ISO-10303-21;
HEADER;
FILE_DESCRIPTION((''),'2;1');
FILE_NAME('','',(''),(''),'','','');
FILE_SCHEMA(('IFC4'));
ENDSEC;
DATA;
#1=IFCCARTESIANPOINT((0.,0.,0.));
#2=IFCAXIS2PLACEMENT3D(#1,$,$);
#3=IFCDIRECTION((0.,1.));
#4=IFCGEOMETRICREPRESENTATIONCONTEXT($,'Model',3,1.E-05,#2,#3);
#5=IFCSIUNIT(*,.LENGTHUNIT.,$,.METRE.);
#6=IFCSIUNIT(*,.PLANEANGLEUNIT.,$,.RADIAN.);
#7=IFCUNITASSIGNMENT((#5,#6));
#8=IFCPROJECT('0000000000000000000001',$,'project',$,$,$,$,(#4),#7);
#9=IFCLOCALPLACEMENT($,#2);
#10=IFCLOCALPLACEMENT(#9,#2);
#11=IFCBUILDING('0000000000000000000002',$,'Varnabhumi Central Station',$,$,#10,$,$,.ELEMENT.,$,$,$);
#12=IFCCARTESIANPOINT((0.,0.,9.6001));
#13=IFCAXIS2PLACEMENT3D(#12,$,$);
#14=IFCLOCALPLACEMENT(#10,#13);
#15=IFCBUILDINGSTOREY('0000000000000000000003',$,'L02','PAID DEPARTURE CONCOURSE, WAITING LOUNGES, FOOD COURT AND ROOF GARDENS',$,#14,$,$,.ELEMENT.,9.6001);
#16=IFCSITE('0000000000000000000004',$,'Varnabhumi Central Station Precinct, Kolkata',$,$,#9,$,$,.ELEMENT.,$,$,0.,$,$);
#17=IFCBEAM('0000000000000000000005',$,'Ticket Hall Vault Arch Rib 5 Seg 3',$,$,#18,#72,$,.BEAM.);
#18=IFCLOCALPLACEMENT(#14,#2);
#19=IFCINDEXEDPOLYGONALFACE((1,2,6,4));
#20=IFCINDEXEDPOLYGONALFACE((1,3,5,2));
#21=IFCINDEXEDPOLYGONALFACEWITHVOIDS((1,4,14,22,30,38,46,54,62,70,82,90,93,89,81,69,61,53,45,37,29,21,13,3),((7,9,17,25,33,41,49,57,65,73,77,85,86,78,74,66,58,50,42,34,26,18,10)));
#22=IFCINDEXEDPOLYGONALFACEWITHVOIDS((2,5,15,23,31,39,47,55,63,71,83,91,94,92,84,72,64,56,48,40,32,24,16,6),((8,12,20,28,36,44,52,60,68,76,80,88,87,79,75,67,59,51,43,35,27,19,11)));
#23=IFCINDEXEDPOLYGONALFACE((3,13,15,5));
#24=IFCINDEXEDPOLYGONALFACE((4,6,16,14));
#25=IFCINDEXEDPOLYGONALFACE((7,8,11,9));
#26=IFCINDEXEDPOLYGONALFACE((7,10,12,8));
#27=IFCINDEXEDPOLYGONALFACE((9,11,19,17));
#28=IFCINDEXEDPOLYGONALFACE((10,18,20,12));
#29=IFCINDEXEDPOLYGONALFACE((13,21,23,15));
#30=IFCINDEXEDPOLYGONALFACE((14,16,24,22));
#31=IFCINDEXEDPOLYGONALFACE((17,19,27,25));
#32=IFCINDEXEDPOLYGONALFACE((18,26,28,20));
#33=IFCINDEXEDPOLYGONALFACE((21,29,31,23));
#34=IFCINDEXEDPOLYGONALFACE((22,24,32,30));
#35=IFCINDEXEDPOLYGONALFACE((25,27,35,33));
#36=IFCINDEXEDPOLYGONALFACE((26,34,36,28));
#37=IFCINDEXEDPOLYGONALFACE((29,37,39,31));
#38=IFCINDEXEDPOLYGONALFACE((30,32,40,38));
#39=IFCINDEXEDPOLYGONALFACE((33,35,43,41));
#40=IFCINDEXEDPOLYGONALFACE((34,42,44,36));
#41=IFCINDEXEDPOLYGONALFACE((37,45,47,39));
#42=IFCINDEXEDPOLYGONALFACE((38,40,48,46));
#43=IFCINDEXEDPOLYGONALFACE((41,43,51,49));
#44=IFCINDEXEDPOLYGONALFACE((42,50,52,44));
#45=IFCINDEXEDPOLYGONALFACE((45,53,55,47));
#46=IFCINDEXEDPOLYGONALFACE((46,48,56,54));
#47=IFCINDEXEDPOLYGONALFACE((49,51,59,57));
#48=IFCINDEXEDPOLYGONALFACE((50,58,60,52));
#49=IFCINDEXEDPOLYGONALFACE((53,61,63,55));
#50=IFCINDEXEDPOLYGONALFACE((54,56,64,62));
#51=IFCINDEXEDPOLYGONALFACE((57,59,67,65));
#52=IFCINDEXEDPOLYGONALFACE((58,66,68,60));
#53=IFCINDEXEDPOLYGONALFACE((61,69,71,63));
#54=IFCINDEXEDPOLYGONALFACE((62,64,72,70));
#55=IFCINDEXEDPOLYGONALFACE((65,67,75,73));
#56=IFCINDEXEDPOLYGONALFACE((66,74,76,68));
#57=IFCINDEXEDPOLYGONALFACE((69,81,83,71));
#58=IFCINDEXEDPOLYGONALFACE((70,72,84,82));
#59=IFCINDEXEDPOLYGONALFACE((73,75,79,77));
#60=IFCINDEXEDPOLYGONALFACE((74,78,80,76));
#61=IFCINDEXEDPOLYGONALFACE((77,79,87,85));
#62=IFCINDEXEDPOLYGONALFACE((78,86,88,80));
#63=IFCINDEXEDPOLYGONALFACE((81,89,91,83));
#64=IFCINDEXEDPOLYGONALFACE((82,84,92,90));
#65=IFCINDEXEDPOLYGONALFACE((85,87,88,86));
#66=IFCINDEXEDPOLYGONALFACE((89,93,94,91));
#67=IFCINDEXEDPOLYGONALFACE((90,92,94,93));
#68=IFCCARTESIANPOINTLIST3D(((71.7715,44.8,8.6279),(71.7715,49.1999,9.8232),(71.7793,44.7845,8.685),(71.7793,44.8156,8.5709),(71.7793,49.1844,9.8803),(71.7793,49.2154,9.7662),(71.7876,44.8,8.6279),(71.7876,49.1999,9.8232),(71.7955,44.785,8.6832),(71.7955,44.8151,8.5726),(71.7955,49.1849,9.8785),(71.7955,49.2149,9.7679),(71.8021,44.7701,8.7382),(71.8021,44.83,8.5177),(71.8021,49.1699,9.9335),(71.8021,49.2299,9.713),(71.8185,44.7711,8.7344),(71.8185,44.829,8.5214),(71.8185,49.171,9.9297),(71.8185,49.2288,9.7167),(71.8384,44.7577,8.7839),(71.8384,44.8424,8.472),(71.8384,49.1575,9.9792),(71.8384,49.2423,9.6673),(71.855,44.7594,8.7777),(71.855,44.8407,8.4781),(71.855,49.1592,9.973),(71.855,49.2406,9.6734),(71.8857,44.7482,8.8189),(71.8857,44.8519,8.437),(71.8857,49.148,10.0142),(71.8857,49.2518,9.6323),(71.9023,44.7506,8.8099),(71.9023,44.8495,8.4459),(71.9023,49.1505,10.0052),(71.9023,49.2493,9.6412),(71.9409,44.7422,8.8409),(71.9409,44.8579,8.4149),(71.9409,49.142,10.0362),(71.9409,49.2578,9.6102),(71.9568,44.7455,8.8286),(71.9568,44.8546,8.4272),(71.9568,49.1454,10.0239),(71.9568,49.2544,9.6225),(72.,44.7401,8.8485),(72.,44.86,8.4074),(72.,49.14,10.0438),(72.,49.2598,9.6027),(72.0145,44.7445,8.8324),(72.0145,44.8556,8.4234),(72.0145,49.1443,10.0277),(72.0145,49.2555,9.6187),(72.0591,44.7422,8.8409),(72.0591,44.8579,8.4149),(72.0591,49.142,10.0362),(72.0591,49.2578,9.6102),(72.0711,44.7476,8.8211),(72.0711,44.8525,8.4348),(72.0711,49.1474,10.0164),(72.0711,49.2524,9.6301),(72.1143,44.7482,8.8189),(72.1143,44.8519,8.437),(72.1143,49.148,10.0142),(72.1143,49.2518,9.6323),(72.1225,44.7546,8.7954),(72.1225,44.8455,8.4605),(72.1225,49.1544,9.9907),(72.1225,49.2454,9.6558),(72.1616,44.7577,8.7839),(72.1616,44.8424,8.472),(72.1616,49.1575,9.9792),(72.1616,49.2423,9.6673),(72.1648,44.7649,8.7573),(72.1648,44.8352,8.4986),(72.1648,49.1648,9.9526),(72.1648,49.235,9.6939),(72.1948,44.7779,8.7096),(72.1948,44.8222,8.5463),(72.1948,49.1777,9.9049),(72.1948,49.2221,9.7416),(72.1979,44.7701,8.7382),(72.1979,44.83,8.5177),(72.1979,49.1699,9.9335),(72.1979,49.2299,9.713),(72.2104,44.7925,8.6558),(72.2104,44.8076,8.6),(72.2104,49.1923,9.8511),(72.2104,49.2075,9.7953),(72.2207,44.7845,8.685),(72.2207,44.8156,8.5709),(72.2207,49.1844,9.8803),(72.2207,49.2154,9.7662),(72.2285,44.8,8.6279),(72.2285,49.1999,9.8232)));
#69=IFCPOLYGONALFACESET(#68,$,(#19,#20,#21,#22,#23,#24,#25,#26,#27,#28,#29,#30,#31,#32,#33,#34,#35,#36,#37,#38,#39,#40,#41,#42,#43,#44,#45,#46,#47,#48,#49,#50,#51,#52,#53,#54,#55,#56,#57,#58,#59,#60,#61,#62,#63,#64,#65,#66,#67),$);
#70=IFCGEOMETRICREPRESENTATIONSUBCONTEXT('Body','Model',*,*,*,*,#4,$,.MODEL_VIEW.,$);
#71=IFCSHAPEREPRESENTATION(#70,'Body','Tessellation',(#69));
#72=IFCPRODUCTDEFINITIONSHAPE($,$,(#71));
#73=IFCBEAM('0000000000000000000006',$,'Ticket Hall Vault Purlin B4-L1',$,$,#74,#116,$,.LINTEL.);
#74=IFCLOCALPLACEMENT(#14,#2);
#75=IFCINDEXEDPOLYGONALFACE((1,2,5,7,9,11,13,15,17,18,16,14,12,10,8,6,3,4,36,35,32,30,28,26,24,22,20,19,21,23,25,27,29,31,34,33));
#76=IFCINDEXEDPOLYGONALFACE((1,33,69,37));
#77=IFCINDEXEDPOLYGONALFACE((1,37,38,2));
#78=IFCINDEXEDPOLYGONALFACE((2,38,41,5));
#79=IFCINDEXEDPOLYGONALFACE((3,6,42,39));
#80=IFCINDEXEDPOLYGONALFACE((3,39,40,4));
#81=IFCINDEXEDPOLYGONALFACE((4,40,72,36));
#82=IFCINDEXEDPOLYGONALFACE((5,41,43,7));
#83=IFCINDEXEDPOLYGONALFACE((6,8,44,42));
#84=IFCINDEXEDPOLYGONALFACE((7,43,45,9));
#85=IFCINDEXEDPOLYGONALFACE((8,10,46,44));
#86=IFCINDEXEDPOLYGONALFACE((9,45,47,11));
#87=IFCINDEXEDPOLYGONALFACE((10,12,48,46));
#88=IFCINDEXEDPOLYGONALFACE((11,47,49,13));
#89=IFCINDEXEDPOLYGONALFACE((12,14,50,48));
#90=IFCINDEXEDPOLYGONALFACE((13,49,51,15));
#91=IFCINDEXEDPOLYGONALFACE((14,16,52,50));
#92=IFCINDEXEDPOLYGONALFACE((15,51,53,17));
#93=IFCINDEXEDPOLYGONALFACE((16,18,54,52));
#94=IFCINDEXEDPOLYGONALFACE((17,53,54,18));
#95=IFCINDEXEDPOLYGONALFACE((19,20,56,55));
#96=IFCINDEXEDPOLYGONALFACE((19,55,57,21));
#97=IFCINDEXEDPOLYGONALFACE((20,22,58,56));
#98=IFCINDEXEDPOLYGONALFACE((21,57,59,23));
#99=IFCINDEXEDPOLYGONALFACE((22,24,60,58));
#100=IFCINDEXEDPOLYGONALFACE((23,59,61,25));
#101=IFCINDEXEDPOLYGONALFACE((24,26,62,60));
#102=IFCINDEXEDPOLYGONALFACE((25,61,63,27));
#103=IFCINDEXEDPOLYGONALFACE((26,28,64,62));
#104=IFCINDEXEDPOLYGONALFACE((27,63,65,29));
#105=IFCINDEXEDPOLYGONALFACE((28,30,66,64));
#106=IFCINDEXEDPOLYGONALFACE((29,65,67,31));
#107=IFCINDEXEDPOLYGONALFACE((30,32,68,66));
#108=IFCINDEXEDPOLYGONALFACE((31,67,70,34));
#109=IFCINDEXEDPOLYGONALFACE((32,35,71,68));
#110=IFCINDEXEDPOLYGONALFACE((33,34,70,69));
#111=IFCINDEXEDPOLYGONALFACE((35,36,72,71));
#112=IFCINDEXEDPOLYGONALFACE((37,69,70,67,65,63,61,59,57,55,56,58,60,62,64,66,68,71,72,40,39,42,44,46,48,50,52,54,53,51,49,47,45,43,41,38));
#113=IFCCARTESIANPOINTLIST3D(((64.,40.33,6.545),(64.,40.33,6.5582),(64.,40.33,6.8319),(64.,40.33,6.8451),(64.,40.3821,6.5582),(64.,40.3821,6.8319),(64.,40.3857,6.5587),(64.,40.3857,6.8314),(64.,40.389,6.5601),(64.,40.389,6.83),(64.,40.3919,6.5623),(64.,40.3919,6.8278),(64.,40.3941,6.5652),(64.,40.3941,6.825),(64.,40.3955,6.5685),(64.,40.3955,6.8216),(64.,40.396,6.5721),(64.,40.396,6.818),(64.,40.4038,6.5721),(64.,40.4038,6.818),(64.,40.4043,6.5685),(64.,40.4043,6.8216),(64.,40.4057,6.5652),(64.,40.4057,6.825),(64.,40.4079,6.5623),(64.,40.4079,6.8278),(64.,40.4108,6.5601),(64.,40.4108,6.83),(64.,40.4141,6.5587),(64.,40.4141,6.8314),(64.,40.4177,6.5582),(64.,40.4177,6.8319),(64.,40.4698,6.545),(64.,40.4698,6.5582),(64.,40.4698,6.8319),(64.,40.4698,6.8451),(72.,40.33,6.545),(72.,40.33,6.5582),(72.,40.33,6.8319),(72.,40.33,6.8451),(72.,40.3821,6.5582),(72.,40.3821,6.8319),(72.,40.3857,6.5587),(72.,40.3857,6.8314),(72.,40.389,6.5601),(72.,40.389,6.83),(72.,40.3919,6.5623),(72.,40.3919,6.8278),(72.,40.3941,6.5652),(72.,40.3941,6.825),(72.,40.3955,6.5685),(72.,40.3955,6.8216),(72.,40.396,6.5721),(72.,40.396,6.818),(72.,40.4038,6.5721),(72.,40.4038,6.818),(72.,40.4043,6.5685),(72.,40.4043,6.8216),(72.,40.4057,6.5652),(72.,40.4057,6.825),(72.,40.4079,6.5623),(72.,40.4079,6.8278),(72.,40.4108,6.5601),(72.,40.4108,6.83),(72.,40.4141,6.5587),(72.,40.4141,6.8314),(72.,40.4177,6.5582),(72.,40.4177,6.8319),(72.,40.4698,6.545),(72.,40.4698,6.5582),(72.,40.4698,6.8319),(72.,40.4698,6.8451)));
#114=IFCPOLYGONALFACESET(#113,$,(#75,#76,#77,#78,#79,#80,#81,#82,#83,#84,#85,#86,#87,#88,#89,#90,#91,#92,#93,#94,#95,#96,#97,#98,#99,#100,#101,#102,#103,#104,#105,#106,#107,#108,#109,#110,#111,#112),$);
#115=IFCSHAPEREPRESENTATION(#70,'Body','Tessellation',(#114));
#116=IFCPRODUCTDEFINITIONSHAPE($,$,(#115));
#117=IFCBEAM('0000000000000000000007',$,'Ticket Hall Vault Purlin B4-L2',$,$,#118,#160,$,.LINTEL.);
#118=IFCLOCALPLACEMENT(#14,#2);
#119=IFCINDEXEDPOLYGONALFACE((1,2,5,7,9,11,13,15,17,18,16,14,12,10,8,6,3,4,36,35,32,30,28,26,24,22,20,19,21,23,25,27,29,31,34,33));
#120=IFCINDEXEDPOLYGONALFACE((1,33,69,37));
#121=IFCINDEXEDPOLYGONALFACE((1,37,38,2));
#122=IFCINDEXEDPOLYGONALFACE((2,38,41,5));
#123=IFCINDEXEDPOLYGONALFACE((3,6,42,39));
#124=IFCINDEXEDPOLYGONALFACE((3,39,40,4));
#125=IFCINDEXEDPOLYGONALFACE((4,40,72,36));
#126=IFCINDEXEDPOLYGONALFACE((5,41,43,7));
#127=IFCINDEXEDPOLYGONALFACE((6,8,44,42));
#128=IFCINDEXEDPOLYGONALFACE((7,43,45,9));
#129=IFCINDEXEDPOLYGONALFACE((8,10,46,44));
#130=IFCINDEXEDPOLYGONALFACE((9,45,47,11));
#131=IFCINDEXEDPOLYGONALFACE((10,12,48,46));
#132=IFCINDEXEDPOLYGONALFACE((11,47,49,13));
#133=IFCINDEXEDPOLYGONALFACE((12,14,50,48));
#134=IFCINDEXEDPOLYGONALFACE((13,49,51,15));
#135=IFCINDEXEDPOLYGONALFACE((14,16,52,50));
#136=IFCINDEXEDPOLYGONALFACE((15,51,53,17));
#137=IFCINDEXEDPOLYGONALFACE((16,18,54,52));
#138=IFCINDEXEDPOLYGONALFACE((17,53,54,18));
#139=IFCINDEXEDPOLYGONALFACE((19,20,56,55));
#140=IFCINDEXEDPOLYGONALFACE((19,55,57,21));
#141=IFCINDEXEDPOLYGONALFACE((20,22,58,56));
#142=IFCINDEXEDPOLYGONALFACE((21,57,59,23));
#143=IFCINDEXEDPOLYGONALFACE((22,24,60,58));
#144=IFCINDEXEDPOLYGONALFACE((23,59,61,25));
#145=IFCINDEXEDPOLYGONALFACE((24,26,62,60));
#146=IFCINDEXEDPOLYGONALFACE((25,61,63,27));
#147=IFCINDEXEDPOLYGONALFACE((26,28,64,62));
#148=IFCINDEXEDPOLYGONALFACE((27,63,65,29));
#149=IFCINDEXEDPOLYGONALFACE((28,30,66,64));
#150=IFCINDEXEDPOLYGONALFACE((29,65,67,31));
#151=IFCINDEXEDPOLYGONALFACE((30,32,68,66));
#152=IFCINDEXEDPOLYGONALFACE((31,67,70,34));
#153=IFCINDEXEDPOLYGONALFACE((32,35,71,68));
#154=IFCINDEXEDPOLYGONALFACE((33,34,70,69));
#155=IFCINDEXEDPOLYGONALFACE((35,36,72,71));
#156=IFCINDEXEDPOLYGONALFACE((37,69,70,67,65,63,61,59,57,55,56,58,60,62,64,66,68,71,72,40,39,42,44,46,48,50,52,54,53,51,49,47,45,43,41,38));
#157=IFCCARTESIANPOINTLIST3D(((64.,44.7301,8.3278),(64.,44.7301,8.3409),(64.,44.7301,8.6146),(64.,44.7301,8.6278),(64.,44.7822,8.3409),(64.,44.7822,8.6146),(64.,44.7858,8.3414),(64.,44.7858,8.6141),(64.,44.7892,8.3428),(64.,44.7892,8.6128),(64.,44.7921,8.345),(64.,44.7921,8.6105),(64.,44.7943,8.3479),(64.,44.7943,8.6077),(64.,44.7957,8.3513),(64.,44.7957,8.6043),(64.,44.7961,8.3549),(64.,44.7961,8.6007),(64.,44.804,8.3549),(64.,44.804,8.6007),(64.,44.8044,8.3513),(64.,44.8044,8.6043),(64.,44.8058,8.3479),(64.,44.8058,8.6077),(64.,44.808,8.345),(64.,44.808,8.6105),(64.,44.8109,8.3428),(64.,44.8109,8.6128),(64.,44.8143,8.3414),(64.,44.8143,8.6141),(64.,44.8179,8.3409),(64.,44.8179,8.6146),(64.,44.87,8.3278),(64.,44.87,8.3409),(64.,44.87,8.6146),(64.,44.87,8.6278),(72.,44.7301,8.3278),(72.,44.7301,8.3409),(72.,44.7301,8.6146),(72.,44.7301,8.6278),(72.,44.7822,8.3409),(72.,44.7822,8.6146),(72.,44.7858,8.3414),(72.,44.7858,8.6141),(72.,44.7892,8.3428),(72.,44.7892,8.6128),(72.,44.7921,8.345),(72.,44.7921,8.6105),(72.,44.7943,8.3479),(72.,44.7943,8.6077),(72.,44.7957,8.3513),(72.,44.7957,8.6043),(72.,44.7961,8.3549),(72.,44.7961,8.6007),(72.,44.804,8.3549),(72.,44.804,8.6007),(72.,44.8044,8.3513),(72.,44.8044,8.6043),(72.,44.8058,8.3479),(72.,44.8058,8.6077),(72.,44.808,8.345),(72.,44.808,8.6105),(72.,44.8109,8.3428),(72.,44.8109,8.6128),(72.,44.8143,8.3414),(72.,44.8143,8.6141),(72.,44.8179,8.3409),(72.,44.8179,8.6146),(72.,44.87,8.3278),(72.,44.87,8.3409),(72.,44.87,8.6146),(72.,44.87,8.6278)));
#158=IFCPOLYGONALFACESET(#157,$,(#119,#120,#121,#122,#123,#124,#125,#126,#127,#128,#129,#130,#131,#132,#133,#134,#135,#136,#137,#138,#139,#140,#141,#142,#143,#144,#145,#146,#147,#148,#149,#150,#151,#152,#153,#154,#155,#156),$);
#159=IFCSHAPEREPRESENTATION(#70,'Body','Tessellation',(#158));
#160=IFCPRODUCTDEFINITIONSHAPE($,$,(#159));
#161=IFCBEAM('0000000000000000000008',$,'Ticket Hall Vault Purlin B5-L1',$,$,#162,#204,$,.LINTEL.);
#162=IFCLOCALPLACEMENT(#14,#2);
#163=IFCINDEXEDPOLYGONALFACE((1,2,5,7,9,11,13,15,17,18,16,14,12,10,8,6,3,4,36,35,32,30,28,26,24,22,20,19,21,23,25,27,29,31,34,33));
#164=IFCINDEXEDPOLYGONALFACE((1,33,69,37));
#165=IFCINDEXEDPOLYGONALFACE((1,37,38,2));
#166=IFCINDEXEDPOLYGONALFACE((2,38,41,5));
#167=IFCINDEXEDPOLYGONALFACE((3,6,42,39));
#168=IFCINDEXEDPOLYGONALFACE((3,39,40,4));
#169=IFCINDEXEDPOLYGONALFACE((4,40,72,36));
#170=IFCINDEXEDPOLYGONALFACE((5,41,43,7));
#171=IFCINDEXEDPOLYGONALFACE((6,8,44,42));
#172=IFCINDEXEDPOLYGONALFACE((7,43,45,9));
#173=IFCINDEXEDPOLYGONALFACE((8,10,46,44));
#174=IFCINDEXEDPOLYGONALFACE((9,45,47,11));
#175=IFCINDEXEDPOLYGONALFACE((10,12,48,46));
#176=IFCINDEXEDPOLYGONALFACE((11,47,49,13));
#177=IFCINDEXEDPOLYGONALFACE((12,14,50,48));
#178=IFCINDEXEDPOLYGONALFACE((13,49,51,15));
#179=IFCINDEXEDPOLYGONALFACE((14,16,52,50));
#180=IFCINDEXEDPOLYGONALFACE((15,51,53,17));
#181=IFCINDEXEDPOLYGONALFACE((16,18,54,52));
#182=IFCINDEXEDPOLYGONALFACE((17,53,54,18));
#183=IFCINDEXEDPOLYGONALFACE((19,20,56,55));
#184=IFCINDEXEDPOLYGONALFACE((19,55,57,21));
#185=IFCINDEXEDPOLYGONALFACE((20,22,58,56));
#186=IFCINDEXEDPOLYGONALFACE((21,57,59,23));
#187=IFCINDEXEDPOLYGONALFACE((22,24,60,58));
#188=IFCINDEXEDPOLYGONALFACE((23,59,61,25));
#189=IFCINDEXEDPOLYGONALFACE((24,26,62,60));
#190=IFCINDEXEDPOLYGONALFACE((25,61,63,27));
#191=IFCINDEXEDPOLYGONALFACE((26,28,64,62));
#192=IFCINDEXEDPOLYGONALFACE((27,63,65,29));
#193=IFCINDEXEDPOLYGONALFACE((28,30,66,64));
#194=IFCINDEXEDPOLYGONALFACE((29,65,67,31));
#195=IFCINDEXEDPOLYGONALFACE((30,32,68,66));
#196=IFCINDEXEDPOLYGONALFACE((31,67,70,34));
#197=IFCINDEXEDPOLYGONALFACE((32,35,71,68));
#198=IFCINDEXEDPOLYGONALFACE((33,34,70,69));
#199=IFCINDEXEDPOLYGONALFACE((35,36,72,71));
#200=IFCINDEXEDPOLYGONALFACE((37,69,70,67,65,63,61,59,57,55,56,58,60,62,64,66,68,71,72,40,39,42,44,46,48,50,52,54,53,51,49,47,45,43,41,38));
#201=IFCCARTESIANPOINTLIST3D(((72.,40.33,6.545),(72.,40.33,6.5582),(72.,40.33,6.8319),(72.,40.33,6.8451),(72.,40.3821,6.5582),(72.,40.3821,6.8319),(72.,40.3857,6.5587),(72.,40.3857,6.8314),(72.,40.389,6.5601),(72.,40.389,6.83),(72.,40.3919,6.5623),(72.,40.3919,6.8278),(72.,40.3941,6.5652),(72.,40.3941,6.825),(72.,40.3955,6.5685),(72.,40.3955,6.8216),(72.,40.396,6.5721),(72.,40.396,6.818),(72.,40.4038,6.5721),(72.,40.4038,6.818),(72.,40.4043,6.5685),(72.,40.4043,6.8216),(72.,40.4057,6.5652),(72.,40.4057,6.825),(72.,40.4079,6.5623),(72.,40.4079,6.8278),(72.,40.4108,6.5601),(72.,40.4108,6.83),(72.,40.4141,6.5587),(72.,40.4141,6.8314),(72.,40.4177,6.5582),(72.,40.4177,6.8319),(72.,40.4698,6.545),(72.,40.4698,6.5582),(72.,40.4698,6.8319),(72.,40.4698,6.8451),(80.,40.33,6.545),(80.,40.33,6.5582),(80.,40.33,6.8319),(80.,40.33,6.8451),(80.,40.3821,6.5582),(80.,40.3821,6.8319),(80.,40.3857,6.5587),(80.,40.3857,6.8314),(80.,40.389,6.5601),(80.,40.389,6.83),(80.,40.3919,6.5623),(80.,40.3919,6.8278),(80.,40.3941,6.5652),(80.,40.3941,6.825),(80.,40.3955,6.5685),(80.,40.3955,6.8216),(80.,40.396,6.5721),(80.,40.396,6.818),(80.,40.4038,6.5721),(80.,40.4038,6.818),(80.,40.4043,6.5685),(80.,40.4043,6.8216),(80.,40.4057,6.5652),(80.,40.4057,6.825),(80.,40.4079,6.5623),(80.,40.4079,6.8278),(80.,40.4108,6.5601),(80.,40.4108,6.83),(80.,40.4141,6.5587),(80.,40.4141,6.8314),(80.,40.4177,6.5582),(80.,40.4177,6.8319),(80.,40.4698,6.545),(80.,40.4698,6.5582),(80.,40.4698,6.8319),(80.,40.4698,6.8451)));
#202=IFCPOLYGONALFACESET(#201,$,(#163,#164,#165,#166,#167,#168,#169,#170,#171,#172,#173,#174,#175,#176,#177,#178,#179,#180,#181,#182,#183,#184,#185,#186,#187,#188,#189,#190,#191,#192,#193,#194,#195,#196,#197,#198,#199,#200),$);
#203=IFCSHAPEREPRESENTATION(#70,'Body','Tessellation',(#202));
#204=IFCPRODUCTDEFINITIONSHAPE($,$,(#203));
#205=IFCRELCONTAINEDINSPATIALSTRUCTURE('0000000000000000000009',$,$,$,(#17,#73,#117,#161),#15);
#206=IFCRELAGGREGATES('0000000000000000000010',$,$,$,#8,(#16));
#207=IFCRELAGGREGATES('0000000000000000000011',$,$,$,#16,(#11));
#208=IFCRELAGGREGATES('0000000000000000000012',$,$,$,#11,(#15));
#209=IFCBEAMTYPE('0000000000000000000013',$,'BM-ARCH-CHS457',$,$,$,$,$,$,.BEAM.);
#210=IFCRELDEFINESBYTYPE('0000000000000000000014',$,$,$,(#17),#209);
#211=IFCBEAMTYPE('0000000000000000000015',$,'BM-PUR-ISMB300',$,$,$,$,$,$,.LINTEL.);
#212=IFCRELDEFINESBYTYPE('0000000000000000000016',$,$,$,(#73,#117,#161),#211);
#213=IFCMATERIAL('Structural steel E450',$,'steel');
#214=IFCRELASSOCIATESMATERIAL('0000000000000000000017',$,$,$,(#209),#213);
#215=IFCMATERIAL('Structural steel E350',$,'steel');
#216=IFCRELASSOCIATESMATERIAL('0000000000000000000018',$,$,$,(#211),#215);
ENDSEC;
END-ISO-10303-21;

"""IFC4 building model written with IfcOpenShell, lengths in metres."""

from ifc_helpers import new_model, si_unit, direction, frame, origin, origin_2d, place, context, subcontext, project, spatial, hollow_circle, i_section, extrude, material, material_profile, profile_set, type_object, element, save


model = new_model("IFC4")

# Units and contexts
model_context = context("Model", 3, precision=1e-05, world=origin(), true_north=direction((0.0, 1.0)))
body_context = subcontext(model_context, "Body", "Model", "MODEL_VIEW")
ifc_project = project(units=[si_unit("LENGTHUNIT", "METRE"), si_unit("PLANEANGLEUNIT", "RADIAN")], contexts=[model_context])

# Site, building, storey
site_placement = place(None, origin())
site = spatial("IfcSite", under=ifc_project, at=site_placement, Name="Varnabhumi Central Station Precinct, Kolkata", CompositionType="ELEMENT", RefElevation=0.0)
building_placement = place(site_placement, origin())
building = spatial("IfcBuilding", under=site, at=building_placement, Name="Varnabhumi Central Station", CompositionType="ELEMENT")
storey_placement = place(building_placement, frame((0.0, 0.0, 9.6001)))
storey = spatial("IfcBuildingStorey", under=building, at=storey_placement, Name="L02", Description="PAID DEPARTURE CONCOURSE, WAITING LOUNGES, FOOD COURT AND ROOF GARDENS", CompositionType="ELEMENT", Elevation=9.6001)

# Beams
ifc_material_1 = material(Name="Structural steel E450", Category="steel")
ifc_material_profile_1 = material_profile(ifc_material_1, hollow_circle(Radius=0.2285, WallThickness=0.0161, at=origin_2d()), Name="Structural steel E450", Category="steel")
ifc_profile_set_1 = profile_set([ifc_material_profile_1], Name="Structural steel E450")
beam_type_1 = type_object("IfcBeamType", Name="BM-ARCH-CHS457", PredefinedType="BEAM", material=ifc_profile_set_1)
beam_1_placement = place(storey_placement, frame((72.0, 44.8, 8.6279), z_axis=(0.0, 0.965023, 0.262166), x_axis=(-1.0, 0.0, 0.0)))
element("IfcBeam", 1, at=beam_1_placement, inside=storey, type_object=beam_type_1, Name="Ticket Hall Vault Arch Rib 5 Seg 3", PredefinedType="BEAM", context=body_context, shape_type="SweptSolid", body=[
    extrude(hollow_circle(Radius=0.2285, WallThickness=0.0161, at=origin_2d()), origin(), (0.0, 0.0, 1.0), 4.5593),
])
ifc_material_2 = material(Name="Structural steel E350", Category="steel")
ifc_material_profile_2 = material_profile(ifc_material_2, i_section(OverallWidth=0.1399, OverallDepth=0.3, WebThickness=0.0078, FlangeThickness=0.0132, FilletRadius=0.0139, at=origin_2d()), Name="Structural steel E350", Category="steel")
ifc_profile_set_2 = profile_set([ifc_material_profile_2], Name="Structural steel E350")
beam_type_2 = type_object("IfcBeamType", Name="BM-PUR-ISMB300", PredefinedType="LINTEL", material=ifc_profile_set_2)
for number, where, z_axis, x_axis, name in (
    (2, (64.0, 40.3999, 6.6951), (1.0, 0.0, 0.0), (0.0, 1.0, 0.0), "Ticket Hall Vault Purlin B4-L1"),
    (3, (64.0, 44.8, 8.4778), (1.0, 0.0, 0.0), (0.0, 1.0, 0.0), "Ticket Hall Vault Purlin B4-L2"),
    (4, (72.0, 40.3999, 6.6951), (1.0, 0.0, 0.0), (0.0, 1.0, 0.0), "Ticket Hall Vault Purlin B5-L1"),
):
    element("IfcBeam", number, at=place(storey_placement, frame(where, z_axis=z_axis, x_axis=x_axis)), inside=storey, type_object=beam_type_2, Name=name, PredefinedType="LINTEL", context=body_context, shape_type="SweptSolid", body=[
        extrude(i_section(OverallWidth=0.1399, OverallDepth=0.3, WebThickness=0.0078, FlangeThickness=0.0132, FilletRadius=0.0139, at=origin_2d()), origin(), (0.0, 0.0, 1.0), 8.0),
    ])

save(model, "model.ifc")
